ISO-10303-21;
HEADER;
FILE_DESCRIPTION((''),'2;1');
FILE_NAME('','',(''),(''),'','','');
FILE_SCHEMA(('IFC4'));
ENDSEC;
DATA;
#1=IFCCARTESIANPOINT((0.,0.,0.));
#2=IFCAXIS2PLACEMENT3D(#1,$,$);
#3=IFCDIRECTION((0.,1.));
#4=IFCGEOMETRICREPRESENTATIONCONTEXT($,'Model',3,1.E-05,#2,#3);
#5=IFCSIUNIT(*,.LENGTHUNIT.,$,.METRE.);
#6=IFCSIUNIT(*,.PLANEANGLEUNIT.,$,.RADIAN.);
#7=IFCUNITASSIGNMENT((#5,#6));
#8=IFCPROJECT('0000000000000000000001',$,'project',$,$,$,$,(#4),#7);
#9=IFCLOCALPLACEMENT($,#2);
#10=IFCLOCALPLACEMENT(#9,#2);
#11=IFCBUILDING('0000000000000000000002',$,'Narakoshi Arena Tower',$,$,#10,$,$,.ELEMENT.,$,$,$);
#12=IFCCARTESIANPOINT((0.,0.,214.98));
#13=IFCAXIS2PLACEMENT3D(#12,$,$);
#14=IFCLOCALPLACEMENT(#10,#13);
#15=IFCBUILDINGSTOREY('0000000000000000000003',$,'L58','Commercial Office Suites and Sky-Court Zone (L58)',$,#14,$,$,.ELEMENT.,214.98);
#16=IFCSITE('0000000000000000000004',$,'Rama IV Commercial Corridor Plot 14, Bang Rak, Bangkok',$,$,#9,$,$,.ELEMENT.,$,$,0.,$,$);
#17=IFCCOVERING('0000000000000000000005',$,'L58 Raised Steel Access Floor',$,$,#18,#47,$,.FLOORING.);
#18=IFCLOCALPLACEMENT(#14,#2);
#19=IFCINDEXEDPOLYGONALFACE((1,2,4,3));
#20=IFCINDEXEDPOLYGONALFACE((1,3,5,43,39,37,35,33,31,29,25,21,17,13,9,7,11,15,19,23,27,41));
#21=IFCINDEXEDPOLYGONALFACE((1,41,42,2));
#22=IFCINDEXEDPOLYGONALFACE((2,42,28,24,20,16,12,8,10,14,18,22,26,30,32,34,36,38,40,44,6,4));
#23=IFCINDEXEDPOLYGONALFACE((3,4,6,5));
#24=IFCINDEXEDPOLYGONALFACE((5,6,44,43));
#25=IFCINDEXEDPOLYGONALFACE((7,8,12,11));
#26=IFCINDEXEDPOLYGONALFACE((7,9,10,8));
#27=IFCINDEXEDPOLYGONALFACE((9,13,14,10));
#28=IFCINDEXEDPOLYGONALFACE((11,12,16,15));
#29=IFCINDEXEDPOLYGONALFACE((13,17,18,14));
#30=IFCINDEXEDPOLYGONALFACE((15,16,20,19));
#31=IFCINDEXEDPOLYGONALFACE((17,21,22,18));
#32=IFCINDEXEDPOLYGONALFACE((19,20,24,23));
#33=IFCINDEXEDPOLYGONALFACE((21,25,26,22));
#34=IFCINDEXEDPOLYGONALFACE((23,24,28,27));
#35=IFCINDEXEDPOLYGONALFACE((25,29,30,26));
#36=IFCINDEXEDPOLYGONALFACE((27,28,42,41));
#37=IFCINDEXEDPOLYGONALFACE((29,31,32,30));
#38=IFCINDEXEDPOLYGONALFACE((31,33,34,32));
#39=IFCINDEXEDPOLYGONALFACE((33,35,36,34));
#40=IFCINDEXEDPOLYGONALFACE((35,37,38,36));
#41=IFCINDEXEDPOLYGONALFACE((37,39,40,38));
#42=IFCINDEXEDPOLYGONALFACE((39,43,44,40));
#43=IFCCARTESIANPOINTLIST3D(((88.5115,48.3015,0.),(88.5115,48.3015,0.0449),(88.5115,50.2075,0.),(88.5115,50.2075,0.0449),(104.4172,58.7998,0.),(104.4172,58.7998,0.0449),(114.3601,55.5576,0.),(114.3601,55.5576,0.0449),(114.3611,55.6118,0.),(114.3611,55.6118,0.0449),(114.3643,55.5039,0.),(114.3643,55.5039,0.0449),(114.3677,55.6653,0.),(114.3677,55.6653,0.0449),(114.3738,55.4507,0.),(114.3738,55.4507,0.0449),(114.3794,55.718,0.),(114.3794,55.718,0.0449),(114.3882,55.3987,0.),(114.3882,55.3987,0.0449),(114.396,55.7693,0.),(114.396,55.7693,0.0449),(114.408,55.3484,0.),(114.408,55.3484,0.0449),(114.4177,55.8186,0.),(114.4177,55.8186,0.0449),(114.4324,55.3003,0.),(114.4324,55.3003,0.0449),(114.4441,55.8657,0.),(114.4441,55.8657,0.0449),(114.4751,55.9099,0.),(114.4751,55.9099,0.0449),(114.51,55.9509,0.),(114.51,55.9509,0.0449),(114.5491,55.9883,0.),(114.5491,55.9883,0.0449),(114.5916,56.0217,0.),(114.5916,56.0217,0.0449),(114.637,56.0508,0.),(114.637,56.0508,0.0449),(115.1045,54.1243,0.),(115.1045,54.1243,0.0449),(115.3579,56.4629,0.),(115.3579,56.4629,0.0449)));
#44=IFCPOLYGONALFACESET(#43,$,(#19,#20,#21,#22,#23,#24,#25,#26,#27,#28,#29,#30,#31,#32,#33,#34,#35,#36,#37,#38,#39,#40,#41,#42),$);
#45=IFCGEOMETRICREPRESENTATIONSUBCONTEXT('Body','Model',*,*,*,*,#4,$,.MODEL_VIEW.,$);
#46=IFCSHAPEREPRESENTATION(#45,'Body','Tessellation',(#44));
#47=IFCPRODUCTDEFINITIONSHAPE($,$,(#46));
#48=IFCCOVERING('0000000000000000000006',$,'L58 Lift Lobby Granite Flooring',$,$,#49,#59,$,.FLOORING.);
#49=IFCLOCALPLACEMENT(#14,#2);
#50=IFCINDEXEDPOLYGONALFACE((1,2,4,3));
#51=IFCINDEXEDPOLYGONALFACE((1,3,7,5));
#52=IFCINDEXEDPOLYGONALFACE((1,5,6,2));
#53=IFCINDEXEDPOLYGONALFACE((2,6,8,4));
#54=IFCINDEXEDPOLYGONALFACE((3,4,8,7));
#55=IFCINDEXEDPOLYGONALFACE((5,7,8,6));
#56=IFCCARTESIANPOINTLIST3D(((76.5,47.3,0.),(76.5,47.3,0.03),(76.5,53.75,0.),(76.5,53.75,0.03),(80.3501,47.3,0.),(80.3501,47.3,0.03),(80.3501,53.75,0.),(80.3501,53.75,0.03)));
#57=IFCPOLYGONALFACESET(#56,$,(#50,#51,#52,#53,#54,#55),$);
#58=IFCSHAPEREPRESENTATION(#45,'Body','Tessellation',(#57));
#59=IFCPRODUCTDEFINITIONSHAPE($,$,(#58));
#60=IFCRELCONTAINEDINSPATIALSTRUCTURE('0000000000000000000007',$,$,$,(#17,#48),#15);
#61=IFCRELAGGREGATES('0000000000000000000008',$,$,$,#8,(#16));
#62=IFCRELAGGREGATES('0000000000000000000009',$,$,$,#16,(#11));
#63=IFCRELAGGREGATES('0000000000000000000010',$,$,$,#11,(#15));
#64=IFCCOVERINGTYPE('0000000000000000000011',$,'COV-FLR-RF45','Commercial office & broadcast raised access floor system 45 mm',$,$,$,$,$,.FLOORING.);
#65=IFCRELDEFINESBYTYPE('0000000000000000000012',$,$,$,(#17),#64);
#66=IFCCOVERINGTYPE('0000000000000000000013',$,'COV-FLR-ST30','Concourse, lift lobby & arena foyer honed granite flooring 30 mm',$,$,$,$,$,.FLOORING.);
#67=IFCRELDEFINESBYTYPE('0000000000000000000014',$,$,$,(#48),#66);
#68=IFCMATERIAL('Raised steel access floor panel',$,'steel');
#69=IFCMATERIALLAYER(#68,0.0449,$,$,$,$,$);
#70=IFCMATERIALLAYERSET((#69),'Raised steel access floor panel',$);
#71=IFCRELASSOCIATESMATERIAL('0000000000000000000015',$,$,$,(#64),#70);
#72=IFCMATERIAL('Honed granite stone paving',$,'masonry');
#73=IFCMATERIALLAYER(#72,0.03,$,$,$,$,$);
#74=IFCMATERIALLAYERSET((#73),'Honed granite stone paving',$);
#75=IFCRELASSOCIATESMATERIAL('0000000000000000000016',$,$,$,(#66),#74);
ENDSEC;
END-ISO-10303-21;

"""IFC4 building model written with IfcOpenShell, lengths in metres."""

from ifc_helpers import new_model, si_unit, direction, frame, origin, place, context, subcontext, project, spatial, polyline, outline, extrude, material, layer, layer_set, type_object, element, save


model = new_model("IFC4")

# Units and contexts
model_context = context("Model", 3, precision=1e-05, world=origin(), true_north=direction((0.0, 1.0)))
body_context = subcontext(model_context, "Body", "Model", "MODEL_VIEW")
ifc_project = project(units=[si_unit("LENGTHUNIT", "METRE"), si_unit("PLANEANGLEUNIT", "RADIAN")], contexts=[model_context])

# Site, building, storey
site_placement = place(None, origin())
site = spatial("IfcSite", under=ifc_project, at=site_placement, Name="Rama IV Commercial Corridor Plot 14, Bang Rak, Bangkok", CompositionType="ELEMENT", RefElevation=0.0)
building_placement = place(site_placement, origin())
building = spatial("IfcBuilding", under=site, at=building_placement, Name="Narakoshi Arena Tower", CompositionType="ELEMENT")
storey_placement = place(building_placement, frame((0.0, 0.0, 214.98)))
storey = spatial("IfcBuildingStorey", under=building, at=storey_placement, Name="L58", Description="Commercial Office Suites and Sky-Court Zone (L58)", CompositionType="ELEMENT", Elevation=214.98)

# Coverings
ifc_material_1 = material(Name="Raised steel access floor panel", Category="steel")
ifc_layer_1 = layer(ifc_material_1, 0.0449)
ifc_layer_set_1 = layer_set([ifc_layer_1], Name="Raised steel access floor panel")
covering_type_1 = type_object("IfcCoveringType", Name="COV-FLR-RF45", Description="Commercial office & broadcast raised access floor system 45 mm", PredefinedType="FLOORING", material=ifc_layer_set_1)
covering_1_placement = place(storey_placement, origin())
element("IfcCovering", 1, at=covering_1_placement, inside=storey, type_object=covering_type_1, Name="L58 Raised Steel Access Floor", PredefinedType="FLOORING", context=body_context, shape_type="SweptSolid", body=[
    extrude(outline(polyline([(88.5115, 50.2075), (104.4172, 58.7998), (115.3579, 56.4629), (114.637, 56.0508), (114.5916, 56.0217), (114.5491, 55.9883), (114.51, 55.9509), (114.4751, 55.9099), (114.4441, 55.8657), (114.4177, 55.8186), (114.396, 55.7693), (114.3794, 55.718), (114.3677, 55.6653), (114.3611, 55.6118), (114.3601, 55.5576), (114.3643, 55.5039), (114.3738, 55.4507), (114.3882, 55.3987), (114.408, 55.3484), (114.4324, 55.3003), (115.1045, 54.1243), (88.5115, 48.3015), (88.5115, 50.2075)])), origin(), (0.0, 0.0, 1.0), 0.0449),
])
ifc_material_2 = material(Name="Honed granite stone paving", Category="masonry")
ifc_layer_2 = layer(ifc_material_2, 0.03)
ifc_layer_set_2 = layer_set([ifc_layer_2], Name="Honed granite stone paving")
covering_type_2 = type_object("IfcCoveringType", Name="COV-FLR-ST30", Description="Concourse, lift lobby & arena foyer honed granite flooring 30 mm", PredefinedType="FLOORING", material=ifc_layer_set_2)
covering_2_placement = place(storey_placement, origin())
element("IfcCovering", 2, at=covering_2_placement, inside=storey, type_object=covering_type_2, Name="L58 Lift Lobby Granite Flooring", PredefinedType="FLOORING", context=body_context, shape_type="SweptSolid", body=[
    extrude(outline(polyline([(76.5, 47.3), (80.3501, 47.3), (80.3501, 53.75), (76.5, 53.75), (76.5, 47.3)])), origin(), (0.0, 0.0, 1.0), 0.03),
])

save(model, "model.ifc")
